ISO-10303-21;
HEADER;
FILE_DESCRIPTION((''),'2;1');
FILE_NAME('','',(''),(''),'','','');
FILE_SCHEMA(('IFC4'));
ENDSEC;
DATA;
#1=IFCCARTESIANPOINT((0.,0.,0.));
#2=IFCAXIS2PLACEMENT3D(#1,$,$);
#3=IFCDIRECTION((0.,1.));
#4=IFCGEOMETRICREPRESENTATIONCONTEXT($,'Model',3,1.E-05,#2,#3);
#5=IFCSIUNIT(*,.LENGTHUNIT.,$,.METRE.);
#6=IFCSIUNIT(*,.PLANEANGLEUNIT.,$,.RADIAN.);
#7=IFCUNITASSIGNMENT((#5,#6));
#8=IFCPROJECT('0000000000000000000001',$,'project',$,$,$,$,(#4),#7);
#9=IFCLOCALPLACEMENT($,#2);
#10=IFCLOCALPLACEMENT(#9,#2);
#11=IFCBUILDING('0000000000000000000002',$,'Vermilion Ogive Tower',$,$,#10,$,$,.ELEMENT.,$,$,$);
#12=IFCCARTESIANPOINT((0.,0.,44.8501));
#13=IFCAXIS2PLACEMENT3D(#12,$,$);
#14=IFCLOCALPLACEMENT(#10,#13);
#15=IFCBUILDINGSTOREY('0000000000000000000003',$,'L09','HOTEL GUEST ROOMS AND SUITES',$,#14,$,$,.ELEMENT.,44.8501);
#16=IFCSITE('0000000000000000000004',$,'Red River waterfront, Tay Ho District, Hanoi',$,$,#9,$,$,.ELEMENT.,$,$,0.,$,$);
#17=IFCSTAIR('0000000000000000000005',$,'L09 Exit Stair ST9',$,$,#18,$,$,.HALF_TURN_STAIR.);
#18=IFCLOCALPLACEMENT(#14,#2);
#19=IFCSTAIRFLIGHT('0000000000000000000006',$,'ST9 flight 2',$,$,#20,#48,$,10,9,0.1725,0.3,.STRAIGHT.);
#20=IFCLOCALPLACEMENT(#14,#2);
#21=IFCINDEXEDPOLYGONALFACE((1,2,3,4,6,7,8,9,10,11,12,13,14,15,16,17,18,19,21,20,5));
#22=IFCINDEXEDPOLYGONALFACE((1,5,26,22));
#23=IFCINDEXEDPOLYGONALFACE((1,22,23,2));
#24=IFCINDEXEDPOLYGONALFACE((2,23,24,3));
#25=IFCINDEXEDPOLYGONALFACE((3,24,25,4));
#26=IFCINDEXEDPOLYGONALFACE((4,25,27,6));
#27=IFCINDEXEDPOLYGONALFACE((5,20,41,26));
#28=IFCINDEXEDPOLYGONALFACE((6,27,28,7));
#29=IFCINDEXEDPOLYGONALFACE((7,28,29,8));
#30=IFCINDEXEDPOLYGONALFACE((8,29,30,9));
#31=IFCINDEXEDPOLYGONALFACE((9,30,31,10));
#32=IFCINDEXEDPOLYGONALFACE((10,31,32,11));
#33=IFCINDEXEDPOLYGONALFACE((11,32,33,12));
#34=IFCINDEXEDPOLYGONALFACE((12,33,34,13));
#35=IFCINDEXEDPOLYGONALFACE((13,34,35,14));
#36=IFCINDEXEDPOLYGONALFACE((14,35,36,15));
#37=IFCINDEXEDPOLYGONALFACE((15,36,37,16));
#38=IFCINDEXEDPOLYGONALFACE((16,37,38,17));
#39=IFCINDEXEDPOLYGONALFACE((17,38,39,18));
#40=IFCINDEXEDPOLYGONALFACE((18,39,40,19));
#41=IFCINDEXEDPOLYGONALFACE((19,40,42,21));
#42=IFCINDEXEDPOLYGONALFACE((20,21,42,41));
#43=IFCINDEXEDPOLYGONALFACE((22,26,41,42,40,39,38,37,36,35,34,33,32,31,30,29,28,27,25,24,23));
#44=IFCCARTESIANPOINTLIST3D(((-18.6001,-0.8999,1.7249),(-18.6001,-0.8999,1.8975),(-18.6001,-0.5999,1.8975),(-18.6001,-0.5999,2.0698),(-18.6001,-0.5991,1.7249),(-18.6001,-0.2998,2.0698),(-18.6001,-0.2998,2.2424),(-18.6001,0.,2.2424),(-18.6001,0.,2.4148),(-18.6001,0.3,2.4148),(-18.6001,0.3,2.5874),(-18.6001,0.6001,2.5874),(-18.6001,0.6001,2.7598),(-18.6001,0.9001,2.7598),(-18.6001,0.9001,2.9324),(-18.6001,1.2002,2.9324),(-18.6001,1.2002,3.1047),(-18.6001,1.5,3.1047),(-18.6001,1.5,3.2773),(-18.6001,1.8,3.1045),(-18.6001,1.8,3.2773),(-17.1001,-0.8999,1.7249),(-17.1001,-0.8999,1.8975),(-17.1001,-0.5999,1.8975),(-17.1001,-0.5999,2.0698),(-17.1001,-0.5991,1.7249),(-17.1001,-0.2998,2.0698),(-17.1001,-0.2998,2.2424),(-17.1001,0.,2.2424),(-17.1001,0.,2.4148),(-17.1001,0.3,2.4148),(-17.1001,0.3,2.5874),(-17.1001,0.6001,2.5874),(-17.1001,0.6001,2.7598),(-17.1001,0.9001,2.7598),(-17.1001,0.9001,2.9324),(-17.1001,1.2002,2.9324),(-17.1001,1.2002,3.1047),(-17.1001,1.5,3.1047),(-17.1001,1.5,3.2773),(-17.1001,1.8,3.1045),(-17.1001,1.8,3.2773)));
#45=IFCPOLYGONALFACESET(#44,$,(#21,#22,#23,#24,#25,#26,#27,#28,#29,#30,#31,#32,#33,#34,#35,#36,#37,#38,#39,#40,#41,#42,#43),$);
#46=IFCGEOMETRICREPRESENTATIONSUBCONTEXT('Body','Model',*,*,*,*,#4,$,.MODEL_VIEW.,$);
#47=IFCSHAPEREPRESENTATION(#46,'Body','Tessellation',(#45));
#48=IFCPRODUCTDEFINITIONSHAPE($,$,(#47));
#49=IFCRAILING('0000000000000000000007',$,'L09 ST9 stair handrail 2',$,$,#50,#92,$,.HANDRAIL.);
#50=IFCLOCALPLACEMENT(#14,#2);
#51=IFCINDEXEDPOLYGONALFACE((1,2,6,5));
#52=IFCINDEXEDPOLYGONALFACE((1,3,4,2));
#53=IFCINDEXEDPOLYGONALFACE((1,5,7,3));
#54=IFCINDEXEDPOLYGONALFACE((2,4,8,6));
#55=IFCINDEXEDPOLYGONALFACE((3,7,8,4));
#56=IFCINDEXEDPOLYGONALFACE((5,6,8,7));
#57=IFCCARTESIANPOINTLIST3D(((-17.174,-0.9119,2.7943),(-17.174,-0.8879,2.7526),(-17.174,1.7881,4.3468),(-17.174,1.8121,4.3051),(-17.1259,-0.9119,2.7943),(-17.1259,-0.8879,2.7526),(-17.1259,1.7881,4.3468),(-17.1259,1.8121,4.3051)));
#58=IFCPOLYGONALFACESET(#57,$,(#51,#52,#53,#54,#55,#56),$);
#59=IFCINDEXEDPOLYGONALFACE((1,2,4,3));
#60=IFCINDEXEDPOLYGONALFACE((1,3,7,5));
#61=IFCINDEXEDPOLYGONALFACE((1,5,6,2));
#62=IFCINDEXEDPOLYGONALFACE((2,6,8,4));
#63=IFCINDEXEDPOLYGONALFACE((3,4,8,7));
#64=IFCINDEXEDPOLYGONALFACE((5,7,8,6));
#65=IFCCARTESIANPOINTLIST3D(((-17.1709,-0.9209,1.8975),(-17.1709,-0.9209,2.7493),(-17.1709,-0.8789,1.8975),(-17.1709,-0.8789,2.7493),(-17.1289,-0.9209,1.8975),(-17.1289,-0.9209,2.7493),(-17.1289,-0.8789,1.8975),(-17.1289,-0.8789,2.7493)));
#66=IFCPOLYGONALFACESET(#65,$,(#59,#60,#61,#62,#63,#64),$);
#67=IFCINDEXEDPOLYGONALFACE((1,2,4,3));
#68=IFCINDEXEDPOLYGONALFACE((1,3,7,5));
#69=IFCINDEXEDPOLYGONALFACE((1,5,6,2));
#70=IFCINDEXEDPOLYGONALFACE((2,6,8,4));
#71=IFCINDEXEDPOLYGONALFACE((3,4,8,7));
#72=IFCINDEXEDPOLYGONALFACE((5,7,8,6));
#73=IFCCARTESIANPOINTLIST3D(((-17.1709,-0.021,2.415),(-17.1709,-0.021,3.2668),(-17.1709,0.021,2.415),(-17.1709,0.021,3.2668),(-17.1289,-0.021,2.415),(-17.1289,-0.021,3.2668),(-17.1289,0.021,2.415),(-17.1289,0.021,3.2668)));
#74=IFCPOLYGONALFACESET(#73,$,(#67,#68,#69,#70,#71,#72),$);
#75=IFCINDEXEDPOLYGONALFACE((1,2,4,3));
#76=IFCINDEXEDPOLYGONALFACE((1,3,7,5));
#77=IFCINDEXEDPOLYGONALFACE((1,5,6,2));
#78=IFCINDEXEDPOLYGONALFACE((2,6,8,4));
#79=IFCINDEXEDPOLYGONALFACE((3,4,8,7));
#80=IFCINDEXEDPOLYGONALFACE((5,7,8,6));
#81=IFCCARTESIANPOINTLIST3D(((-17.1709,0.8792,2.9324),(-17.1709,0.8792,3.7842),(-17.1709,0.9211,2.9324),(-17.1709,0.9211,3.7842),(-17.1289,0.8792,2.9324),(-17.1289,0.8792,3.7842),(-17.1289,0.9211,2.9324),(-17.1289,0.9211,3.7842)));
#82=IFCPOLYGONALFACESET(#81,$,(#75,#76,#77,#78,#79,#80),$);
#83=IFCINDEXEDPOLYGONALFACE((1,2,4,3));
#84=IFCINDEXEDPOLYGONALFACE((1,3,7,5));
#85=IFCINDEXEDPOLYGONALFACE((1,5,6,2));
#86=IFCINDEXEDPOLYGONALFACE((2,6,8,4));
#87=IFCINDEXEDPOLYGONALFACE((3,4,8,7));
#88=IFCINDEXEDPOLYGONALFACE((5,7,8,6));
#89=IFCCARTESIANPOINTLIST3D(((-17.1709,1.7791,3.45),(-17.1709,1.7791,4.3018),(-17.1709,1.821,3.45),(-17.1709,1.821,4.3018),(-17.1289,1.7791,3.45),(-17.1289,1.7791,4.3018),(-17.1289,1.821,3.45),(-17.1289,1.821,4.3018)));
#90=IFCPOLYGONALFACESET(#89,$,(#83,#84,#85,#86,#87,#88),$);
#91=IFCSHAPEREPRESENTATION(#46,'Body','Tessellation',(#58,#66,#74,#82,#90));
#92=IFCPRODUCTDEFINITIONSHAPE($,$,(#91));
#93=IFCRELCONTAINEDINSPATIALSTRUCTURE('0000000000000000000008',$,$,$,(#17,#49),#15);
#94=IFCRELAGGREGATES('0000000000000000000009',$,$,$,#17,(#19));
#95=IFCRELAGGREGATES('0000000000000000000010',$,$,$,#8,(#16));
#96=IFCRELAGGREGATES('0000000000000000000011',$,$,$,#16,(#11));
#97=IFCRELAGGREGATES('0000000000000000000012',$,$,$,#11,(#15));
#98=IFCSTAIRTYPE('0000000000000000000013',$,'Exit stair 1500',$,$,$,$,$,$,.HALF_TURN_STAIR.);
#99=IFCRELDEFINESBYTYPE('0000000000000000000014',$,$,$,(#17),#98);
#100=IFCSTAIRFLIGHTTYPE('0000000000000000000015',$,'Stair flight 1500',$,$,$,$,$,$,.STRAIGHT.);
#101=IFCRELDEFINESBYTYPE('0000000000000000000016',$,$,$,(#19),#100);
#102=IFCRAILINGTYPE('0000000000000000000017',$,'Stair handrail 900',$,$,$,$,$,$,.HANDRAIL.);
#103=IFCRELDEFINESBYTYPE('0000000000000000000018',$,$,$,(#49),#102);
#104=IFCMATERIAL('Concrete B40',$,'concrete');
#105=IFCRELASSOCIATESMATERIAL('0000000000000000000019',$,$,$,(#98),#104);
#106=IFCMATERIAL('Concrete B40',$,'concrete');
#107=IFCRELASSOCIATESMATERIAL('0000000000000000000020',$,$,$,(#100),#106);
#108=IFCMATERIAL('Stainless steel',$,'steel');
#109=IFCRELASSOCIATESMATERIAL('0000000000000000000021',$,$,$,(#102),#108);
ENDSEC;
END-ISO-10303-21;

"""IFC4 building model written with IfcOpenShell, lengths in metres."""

from ifc_helpers import new_model, si_unit, direction, frame, origin, origin_2d, place, context, subcontext, project, spatial, polyline, rectangle, outline, extrude, material, type_object, element, aggregate, save


model = new_model("IFC4")

# Units and contexts
model_context = context("Model", 3, precision=1e-05, world=origin(), true_north=direction((0.0, 1.0)))
body_context = subcontext(model_context, "Body", "Model", "MODEL_VIEW")
ifc_project = project(units=[si_unit("LENGTHUNIT", "METRE"), si_unit("PLANEANGLEUNIT", "RADIAN")], contexts=[model_context])

# Site, building, storey
site_placement = place(None, origin())
site = spatial("IfcSite", under=ifc_project, at=site_placement, Name="Red River waterfront, Tay Ho District, Hanoi", CompositionType="ELEMENT", RefElevation=0.0)
building_placement = place(site_placement, origin())
building = spatial("IfcBuilding", under=site, at=building_placement, Name="Vermilion Ogive Tower", CompositionType="ELEMENT")
storey_placement = place(building_placement, frame((0.0, 0.0, 44.8501)))
storey = spatial("IfcBuildingStorey", under=building, at=storey_placement, Name="L09", Description="HOTEL GUEST ROOMS AND SUITES", CompositionType="ELEMENT", Elevation=44.8501)

# Stair, stair flight
ifc_material_1 = material(Name="Concrete B40", Category="concrete")
stair_type = type_object("IfcStairType", Name="Exit stair 1500", PredefinedType="HALF_TURN_STAIR", material=ifc_material_1)
stair_placement = place(storey_placement, origin())
stair = element("IfcStair", 1, at=stair_placement, inside=storey, type_object=stair_type, Name="L09 Exit Stair ST9", PredefinedType="HALF_TURN_STAIR")
ifc_material_2 = material(Name="Concrete B40", Category="concrete")
stair_flight_type = type_object("IfcStairFlightType", Name="Stair flight 1500", PredefinedType="STRAIGHT", material=ifc_material_2)
stair_flight_placement = place(storey_placement, frame((-17.8501, -0.8999, 1.7249), z_axis=(0.0, 0.0, 1.0), x_axis=(0.0, 1.0, 0.0)))
stair_flight = element("IfcStairFlight", 2, at=stair_flight_placement, type_object=stair_flight_type, Name="ST9 flight 2", NumberOfRisers=10, NumberOfTreads=9, PredefinedType="STRAIGHT", RiserHeight=0.1725, TreadLength=0.3, context=body_context, shape_type="SweptSolid", body=[
    extrude(outline(polyline([(0.0, 0.0), (0.0, 0.1726), (0.3, 0.1726), (0.3, 0.345), (0.6001, 0.345), (0.6001, 0.5176), (0.8999, 0.5176), (0.8999, 0.6899), (1.2, 0.6899), (1.2, 0.8625), (1.5, 0.8625), (1.5, 1.0349), (1.8, 1.0349), (1.8, 1.2075), (2.1001, 1.2075), (2.1001, 1.3799), (2.3999, 1.3799), (2.3999, 1.5525), (2.7, 1.5525), (2.7, 1.7251), (2.7, 1.3796), (0.3008, 0.0), (0.0, 0.0)])), frame((0.0, 0.75, 0.0), z_axis=(0.0, -1.0, 0.0), x_axis=(1.0, 0.0, 0.0)), (0.0, 0.0, 1.0), 1.5),
])
aggregate(stair, [stair_flight])

# Railing
ifc_material_3 = material(Name="Stainless steel", Category="steel")
railing_type = type_object("IfcRailingType", Name="Stair handrail 900", PredefinedType="HANDRAIL", material=ifc_material_3)
railing_placement = place(storey_placement, frame((-17.1499, -0.8999, 1.8975)))
element("IfcRailing", 3, at=railing_placement, inside=storey, type_object=railing_type, Name="L09 ST9 stair handrail 2", PredefinedType="HANDRAIL", context=body_context, shape_type="SweptSolid", body=[
    extrude(rectangle(XDim=0.0481, YDim=0.0481, at=origin_2d()), frame((0.0, 0.0, 0.876), z_axis=(0.0, 0.866904, 0.498476), x_axis=(-1.0, 0.0, 0.0)), (0.0, 0.0, 1.0), 3.1145),
    extrude(rectangle(XDim=0.042, YDim=0.042, at=origin_2d()), origin(), (0.0, 0.0, 1.0), 0.8518),
    extrude(rectangle(XDim=0.042, YDim=0.042, at=origin_2d()), frame((0.0, 0.8999, 0.5176)), (0.0, 0.0, 1.0), 0.8518),
    extrude(rectangle(XDim=0.042, YDim=0.042, at=origin_2d()), frame((0.0, 1.8, 1.0349)), (0.0, 0.0, 1.0), 0.8518),
    extrude(rectangle(XDim=0.042, YDim=0.042, at=origin_2d()), frame((0.0, 2.7, 1.5525)), (0.0, 0.0, 1.0), 0.8518),
])

save(model, "model.ifc")
